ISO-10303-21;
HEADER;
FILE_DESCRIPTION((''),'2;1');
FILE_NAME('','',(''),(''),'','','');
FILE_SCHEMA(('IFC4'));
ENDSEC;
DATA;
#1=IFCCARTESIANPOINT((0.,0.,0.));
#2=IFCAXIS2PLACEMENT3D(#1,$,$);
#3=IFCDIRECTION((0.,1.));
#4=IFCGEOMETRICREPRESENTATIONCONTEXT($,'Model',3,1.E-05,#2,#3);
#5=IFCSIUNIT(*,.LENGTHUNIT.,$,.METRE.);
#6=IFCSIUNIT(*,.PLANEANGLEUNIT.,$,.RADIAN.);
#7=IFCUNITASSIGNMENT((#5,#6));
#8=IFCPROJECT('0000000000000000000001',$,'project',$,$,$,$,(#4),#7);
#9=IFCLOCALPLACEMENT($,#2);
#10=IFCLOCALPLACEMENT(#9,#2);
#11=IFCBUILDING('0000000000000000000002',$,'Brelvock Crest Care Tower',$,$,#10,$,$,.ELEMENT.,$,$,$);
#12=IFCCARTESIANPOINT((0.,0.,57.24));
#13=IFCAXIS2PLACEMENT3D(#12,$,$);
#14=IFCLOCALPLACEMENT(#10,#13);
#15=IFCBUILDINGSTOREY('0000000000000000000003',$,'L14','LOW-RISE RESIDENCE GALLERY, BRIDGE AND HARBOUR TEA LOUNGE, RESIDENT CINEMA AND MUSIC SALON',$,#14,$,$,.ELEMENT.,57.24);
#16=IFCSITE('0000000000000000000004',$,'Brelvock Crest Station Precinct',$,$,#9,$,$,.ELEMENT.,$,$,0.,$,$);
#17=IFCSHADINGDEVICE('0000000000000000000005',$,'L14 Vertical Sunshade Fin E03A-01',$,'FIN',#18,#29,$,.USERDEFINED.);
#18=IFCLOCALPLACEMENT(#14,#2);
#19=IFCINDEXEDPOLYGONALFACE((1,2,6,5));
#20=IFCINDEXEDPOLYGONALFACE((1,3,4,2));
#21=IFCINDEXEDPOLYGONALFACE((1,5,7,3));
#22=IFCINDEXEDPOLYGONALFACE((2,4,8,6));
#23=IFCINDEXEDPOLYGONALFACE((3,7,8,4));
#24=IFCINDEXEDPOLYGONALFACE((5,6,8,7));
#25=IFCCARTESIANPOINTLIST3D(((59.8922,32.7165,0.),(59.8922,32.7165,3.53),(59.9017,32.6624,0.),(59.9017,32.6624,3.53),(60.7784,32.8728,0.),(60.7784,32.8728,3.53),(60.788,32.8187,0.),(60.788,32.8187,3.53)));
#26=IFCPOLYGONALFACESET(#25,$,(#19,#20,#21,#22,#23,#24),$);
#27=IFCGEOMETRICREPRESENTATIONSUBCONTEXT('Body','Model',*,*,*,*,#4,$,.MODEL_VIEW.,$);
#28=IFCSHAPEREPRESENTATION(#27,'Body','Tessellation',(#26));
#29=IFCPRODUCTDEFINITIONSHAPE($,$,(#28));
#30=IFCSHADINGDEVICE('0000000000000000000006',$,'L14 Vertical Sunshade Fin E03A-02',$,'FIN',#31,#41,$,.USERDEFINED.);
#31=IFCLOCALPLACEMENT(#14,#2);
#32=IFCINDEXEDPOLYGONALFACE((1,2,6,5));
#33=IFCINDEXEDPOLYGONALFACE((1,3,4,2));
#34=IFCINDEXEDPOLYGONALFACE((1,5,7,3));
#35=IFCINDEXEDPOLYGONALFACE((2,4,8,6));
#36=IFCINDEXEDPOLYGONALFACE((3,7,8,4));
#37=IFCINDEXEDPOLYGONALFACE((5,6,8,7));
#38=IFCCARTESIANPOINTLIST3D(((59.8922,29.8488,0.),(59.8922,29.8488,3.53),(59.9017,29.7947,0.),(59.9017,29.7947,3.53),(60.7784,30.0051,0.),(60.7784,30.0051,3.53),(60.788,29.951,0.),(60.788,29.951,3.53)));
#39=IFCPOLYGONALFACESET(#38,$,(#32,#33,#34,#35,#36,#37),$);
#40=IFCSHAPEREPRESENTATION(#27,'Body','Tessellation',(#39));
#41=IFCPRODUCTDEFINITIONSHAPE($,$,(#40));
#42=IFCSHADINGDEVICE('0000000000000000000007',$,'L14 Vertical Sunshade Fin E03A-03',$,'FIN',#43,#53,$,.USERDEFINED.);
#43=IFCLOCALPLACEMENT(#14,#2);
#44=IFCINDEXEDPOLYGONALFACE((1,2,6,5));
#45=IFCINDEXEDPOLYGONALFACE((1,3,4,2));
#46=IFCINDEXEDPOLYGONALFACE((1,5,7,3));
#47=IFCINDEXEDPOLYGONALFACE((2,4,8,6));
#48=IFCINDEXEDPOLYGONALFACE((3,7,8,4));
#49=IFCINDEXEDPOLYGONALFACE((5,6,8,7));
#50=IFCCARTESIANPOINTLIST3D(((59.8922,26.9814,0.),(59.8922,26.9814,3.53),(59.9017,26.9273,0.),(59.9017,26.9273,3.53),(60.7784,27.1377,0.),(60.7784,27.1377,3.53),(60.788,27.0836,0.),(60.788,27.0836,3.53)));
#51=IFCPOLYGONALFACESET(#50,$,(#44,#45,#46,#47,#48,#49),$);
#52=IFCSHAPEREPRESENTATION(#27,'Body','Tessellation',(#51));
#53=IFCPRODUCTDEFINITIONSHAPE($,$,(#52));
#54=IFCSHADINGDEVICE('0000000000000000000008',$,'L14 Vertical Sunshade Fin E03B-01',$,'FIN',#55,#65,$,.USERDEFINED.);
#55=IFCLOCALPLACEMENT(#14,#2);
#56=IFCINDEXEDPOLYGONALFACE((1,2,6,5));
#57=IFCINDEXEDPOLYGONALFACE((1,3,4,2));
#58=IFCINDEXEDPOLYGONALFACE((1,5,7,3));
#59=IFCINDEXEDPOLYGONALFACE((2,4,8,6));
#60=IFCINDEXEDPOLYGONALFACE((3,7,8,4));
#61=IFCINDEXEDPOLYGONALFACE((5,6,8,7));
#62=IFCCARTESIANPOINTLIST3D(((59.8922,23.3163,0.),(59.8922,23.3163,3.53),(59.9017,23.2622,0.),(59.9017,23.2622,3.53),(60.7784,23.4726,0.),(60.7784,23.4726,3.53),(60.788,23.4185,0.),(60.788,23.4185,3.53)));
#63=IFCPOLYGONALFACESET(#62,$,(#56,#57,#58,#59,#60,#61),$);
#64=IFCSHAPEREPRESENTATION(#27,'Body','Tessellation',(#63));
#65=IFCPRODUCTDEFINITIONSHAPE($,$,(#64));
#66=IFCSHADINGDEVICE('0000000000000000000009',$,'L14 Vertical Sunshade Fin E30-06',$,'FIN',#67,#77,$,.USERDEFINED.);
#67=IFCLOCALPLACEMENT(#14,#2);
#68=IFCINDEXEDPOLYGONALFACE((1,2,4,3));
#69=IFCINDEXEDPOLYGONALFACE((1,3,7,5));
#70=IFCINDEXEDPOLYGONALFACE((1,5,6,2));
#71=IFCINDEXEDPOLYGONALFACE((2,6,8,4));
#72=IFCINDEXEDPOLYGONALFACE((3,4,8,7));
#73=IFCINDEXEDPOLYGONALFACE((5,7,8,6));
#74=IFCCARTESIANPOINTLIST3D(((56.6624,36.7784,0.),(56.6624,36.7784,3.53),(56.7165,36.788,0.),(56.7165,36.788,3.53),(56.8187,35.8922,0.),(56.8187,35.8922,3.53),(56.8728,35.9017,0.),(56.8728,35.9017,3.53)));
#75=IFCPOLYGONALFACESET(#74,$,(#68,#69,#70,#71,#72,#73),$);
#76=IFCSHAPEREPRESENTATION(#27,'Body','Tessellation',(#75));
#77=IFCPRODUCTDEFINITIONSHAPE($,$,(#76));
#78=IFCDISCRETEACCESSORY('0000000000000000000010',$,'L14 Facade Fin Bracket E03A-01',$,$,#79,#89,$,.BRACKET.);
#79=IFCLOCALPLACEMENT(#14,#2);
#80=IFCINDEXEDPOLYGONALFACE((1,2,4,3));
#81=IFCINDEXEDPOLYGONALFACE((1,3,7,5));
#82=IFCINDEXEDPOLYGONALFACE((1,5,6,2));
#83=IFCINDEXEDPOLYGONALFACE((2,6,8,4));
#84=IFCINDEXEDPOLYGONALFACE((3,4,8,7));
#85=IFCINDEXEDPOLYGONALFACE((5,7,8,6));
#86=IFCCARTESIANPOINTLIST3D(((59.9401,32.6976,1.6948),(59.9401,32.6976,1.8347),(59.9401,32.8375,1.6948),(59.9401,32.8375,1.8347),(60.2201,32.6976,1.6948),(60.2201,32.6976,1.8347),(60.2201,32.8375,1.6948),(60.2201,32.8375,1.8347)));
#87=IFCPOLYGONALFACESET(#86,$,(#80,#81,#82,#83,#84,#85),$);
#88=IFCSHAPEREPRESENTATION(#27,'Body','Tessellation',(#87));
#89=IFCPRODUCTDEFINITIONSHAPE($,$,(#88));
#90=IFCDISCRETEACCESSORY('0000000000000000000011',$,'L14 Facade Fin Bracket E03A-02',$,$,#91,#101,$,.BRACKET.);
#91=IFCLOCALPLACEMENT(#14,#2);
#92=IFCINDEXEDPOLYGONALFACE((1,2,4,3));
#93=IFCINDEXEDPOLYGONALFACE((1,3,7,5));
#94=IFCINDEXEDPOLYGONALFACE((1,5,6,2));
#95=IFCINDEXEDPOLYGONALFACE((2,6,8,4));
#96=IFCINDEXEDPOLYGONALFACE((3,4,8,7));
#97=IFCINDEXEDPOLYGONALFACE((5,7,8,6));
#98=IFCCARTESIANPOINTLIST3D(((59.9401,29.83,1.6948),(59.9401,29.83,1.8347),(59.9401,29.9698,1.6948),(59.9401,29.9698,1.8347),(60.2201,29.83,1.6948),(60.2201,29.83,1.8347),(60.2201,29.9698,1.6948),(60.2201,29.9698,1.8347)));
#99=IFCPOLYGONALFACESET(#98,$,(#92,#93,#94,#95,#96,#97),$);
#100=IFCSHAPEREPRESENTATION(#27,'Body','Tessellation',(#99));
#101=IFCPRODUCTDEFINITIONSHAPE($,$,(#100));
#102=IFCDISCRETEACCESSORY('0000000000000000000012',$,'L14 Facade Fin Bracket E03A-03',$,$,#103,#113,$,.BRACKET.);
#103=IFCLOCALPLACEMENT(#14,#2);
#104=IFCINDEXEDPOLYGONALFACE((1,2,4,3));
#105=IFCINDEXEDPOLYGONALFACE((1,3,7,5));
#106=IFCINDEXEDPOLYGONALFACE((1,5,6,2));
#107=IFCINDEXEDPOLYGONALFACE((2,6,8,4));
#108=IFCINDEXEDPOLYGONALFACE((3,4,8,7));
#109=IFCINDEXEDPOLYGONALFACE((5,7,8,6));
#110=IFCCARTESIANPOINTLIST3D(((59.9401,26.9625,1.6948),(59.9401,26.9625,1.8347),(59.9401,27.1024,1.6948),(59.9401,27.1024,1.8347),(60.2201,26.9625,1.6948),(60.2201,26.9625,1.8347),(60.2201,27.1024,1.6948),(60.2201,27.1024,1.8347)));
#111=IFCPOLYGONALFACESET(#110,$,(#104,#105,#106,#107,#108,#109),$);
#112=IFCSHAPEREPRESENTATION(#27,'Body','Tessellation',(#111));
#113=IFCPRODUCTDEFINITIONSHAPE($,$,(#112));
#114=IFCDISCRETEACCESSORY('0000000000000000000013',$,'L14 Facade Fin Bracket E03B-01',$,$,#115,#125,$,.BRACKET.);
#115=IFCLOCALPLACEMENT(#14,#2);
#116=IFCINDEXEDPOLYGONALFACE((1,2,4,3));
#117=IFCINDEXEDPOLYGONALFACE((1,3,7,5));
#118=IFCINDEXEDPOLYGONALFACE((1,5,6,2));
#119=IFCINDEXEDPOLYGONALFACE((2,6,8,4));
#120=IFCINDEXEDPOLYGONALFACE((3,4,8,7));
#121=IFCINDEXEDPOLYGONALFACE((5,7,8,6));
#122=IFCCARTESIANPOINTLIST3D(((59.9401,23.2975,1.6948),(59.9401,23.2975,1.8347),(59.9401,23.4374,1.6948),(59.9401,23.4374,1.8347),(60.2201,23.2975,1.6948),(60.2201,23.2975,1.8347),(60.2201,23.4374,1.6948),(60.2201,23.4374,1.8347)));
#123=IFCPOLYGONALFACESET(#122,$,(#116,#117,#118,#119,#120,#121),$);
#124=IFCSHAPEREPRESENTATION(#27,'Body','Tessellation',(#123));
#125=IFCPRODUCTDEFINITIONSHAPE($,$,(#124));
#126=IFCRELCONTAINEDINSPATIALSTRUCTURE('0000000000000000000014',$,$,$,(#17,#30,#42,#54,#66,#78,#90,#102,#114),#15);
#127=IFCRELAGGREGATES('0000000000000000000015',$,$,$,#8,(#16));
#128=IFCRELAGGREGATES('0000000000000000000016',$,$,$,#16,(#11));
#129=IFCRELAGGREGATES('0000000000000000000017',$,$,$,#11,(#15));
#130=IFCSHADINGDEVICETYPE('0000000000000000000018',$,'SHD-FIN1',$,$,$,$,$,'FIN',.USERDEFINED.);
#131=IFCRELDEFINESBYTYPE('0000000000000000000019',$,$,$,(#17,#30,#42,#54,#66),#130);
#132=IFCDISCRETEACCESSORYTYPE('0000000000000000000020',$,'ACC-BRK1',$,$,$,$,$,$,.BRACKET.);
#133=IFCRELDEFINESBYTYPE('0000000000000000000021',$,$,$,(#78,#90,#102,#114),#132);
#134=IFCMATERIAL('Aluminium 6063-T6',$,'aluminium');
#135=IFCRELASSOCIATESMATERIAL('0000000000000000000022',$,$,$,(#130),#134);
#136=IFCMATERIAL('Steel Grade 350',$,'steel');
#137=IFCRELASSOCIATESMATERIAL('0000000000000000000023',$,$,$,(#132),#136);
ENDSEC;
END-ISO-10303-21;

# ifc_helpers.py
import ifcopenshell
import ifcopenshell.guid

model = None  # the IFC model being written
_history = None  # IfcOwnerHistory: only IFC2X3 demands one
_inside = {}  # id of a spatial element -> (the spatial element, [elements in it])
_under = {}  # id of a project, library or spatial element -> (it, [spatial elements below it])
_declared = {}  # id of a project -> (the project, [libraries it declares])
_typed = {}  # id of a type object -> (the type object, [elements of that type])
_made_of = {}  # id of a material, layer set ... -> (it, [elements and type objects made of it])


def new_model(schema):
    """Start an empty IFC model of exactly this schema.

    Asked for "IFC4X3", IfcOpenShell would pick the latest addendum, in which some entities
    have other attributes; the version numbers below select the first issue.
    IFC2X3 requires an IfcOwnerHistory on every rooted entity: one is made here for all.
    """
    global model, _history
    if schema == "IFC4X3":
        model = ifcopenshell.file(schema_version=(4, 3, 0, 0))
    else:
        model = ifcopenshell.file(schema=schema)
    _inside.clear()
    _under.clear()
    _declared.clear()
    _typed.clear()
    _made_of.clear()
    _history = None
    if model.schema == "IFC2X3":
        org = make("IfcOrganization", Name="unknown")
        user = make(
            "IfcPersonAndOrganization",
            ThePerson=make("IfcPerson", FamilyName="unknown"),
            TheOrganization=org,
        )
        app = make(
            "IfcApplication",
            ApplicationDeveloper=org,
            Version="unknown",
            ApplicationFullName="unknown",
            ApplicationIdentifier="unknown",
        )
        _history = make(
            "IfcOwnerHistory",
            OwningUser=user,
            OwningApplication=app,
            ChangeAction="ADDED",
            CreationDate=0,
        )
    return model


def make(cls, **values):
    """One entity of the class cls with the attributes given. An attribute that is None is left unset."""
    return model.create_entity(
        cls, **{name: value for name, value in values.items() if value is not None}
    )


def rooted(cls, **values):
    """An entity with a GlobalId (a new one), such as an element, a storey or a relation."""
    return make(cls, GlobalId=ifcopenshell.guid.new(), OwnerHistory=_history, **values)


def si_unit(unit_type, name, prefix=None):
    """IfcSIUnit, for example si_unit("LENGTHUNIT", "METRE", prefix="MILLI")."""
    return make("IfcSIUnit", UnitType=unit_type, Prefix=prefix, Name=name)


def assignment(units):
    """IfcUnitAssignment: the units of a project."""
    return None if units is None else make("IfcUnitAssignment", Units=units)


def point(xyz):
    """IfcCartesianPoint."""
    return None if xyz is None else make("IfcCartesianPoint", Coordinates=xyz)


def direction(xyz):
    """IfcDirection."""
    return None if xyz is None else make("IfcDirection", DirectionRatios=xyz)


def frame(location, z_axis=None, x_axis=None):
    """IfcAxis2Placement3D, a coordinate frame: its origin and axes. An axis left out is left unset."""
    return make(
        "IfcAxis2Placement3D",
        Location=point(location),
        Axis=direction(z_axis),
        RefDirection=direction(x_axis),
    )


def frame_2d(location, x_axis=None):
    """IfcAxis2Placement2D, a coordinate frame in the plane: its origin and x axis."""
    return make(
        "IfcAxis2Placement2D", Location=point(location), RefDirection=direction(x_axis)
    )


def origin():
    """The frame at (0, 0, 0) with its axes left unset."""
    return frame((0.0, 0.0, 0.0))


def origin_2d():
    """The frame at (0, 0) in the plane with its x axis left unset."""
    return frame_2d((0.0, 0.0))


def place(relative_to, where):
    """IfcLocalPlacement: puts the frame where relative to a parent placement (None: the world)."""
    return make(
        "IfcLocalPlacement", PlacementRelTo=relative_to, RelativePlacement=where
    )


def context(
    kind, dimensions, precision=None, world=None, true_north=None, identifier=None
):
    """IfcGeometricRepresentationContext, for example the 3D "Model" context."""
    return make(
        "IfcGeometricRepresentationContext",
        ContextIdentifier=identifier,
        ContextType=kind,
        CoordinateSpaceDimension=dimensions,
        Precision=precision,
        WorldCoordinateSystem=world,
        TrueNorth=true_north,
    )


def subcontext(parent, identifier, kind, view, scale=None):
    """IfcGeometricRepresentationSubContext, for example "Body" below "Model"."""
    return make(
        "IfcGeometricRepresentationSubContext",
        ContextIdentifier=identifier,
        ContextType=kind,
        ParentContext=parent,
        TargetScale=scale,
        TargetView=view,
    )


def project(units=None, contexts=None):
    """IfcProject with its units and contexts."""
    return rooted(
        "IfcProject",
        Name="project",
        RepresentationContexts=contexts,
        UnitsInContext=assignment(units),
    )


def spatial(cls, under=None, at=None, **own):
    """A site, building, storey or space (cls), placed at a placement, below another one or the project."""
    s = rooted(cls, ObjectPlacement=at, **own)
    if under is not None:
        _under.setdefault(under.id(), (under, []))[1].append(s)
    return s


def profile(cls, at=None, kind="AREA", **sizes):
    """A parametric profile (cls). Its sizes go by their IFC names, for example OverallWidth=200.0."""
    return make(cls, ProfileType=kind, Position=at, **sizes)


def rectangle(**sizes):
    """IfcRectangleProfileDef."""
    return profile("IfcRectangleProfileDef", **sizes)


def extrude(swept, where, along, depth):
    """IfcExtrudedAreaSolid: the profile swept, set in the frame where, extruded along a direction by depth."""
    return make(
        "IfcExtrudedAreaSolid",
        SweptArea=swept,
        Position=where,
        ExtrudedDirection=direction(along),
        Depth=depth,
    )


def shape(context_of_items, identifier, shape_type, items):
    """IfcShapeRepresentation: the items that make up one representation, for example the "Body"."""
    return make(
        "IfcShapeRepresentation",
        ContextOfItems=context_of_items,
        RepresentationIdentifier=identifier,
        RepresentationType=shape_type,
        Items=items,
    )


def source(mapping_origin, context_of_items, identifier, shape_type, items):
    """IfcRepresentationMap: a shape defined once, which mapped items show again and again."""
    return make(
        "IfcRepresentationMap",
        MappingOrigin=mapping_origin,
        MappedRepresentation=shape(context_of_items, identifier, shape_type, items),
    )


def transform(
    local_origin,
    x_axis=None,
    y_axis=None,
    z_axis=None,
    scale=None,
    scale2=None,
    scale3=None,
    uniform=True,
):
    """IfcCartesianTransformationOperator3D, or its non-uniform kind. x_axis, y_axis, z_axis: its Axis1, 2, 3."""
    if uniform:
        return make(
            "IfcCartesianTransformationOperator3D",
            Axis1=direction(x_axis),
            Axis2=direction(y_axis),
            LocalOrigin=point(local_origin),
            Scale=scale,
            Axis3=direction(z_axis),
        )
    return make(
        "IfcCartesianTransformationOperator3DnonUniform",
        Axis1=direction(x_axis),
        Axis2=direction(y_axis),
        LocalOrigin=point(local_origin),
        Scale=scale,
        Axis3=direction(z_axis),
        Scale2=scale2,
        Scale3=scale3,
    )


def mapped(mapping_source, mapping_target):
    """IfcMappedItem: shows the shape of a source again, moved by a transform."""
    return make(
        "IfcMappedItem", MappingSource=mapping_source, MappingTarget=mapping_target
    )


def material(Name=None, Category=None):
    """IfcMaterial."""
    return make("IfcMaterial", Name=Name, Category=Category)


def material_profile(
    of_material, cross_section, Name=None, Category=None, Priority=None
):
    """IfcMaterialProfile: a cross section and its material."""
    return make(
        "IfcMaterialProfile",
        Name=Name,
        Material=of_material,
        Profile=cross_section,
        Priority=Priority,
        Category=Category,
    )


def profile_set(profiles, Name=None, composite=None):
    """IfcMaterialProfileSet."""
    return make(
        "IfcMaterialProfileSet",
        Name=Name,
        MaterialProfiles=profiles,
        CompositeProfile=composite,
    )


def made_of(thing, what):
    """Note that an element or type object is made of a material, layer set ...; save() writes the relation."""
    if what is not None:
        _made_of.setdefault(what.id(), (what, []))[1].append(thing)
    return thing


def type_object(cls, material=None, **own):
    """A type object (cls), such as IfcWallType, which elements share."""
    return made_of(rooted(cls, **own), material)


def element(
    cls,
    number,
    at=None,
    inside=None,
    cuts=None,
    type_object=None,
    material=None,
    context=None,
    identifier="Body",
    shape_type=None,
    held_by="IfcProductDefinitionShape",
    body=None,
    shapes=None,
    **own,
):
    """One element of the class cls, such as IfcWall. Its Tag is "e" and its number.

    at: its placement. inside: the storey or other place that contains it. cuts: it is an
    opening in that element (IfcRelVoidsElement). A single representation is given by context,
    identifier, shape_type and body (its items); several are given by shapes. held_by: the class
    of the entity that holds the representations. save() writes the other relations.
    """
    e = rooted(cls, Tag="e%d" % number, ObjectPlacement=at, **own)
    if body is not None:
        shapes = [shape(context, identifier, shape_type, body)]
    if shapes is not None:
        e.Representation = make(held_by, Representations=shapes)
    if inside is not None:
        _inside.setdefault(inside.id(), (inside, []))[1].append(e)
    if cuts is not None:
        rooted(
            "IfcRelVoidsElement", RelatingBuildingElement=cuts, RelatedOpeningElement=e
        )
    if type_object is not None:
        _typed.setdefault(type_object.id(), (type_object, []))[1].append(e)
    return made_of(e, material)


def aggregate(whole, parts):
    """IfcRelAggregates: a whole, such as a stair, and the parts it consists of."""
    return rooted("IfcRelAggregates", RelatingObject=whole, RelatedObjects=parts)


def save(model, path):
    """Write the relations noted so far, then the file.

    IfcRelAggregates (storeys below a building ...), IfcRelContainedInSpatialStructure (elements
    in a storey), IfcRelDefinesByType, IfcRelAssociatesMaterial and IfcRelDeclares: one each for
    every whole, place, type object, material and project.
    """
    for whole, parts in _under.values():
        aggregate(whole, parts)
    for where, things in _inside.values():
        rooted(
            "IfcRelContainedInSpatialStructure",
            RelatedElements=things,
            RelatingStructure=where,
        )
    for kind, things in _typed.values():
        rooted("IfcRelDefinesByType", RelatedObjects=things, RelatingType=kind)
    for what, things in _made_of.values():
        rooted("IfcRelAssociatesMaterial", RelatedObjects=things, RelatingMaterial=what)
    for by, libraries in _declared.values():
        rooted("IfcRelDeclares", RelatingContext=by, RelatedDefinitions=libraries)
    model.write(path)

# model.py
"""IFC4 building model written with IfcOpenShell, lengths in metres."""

from ifc_helpers import new_model, si_unit, direction, frame, origin, origin_2d, place, context, subcontext, project, spatial, rectangle, extrude, source, transform, mapped, material, material_profile, profile_set, type_object, element, save


model = new_model("IFC4")

# Units and contexts
model_context = context("Model", 3, precision=1e-05, world=origin(), true_north=direction((0.0, 1.0)))
body_context = subcontext(model_context, "Body", "Model", "MODEL_VIEW")
ifc_project = project(units=[si_unit("LENGTHUNIT", "METRE"), si_unit("PLANEANGLEUNIT", "RADIAN")], contexts=[model_context])

# Site, building, storey
site_placement = place(None, origin())
site = spatial("IfcSite", under=ifc_project, at=site_placement, Name="Brelvock Crest Station Precinct", CompositionType="ELEMENT", RefElevation=0.0)
building_placement = place(site_placement, origin())
building = spatial("IfcBuilding", under=site, at=building_placement, Name="Brelvock Crest Care Tower", CompositionType="ELEMENT")
storey_placement = place(building_placement, frame((0.0, 0.0, 57.24)))
storey = spatial("IfcBuildingStorey", under=building, at=storey_placement, Name="L14", Description="LOW-RISE RESIDENCE GALLERY, BRIDGE AND HARBOUR TEA LOUNGE, RESIDENT CINEMA AND MUSIC SALON", CompositionType="ELEMENT", Elevation=57.24)

# Shared definitions
ifc_material_1 = material(Name="Steel Grade 350", Category="steel")

# Shared definitions
ifc_material_2 = material(Name="Aluminium 6063-T6", Category="aluminium")

# Shading devices
ifc_material_profile_1 = material_profile(ifc_material_2, rectangle(XDim=0.0549, YDim=0.8999, at=origin_2d()), Name="FIN55x900")
ifc_profile_set_1 = profile_set([ifc_material_profile_1], Name="Aluminium 6063-T6")
shading_device_type = type_object("IfcShadingDeviceType", Name="SHD-FIN1", ElementType="FIN", PredefinedType="USERDEFINED", material=ifc_profile_set_1)
shared_shape_1 = source(origin(), body_context, "Body", "SweptSolid", [
    extrude(rectangle(XDim=0.0549, YDim=0.8999, at=origin_2d()), origin(), (0.0, 0.0, 1.0), 3.53),
])
for number, where, z_axis, x_axis, name in (
    (1, (60.3401, 32.7676, 0.0), (0.0, 0.0, 1.0), (0.173648, -0.984808, 0.0), "L14 Vertical Sunshade Fin E03A-01"),
    (2, (60.3401, 29.8999, 0.0), (0.0, 0.0, 1.0), (0.173648, -0.984808, 0.0), "L14 Vertical Sunshade Fin E03A-02"),
    (3, (60.3401, 27.0325, 0.0), (0.0, 0.0, 1.0), (0.173648, -0.984808, 0.0), "L14 Vertical Sunshade Fin E03A-03"),
    (4, (60.3401, 23.3674, 0.0), (0.0, 0.0, 1.0), (0.173648, -0.984808, 0.0), "L14 Vertical Sunshade Fin E03B-01"),
    (5, (56.7676, 36.3401, 0.0), (0.0, 0.0, 1.0), (0.984808, 0.173648, 0.0), "L14 Vertical Sunshade Fin E30-06"),
):
    element("IfcShadingDevice", number, at=place(storey_placement, frame(where, z_axis=z_axis, x_axis=x_axis)), inside=storey, type_object=shading_device_type, Name=name, ObjectType="FIN", PredefinedType="USERDEFINED", context=body_context, shape_type="MappedRepresentation", body=[
        mapped(shared_shape_1, transform((0.0, 0.0, 0.0), x_axis=(1.0, 0.0, 0.0), y_axis=(0.0, 1.0, 0.0), z_axis=(0.0, 0.0, 1.0), scale=1.0)),
    ])

# Discrete accessories
discrete_accessory_type = type_object("IfcDiscreteAccessoryType", Name="ACC-BRK1", PredefinedType="BRACKET", material=ifc_material_1)
shared_shape_2 = source(origin(), body_context, "Body", "SweptSolid", [
    extrude(rectangle(XDim=0.28, YDim=0.1399, at=origin_2d()), origin(), (0.0, 0.0, 1.0), 0.1399),
])
for number, where, z_axis, x_axis, name in (
    (6, (60.0801, 32.7676, 1.6948), (0.0, 0.0, 1.0), (1.0, 0.0, 0.0), "L14 Facade Fin Bracket E03A-01"),
    (7, (60.0801, 29.8999, 1.6948), (0.0, 0.0, 1.0), (1.0, 0.0, 0.0), "L14 Facade Fin Bracket E03A-02"),
    (8, (60.0801, 27.0325, 1.6948), (0.0, 0.0, 1.0), (1.0, 0.0, 0.0), "L14 Facade Fin Bracket E03A-03"),
    (9, (60.0801, 23.3674, 1.6948), (0.0, 0.0, 1.0), (1.0, 0.0, 0.0), "L14 Facade Fin Bracket E03B-01"),
):
    element("IfcDiscreteAccessory", number, at=place(storey_placement, frame(where, z_axis=z_axis, x_axis=x_axis)), inside=storey, type_object=discrete_accessory_type, Name=name, PredefinedType="BRACKET", context=body_context, shape_type="MappedRepresentation", body=[
        mapped(shared_shape_2, transform((0.0, 0.0, 0.0), x_axis=(1.0, 0.0, 0.0), y_axis=(0.0, 1.0, 0.0), z_axis=(0.0, 0.0, 1.0), scale=1.0)),
    ])

save(model, "model.ifc")
